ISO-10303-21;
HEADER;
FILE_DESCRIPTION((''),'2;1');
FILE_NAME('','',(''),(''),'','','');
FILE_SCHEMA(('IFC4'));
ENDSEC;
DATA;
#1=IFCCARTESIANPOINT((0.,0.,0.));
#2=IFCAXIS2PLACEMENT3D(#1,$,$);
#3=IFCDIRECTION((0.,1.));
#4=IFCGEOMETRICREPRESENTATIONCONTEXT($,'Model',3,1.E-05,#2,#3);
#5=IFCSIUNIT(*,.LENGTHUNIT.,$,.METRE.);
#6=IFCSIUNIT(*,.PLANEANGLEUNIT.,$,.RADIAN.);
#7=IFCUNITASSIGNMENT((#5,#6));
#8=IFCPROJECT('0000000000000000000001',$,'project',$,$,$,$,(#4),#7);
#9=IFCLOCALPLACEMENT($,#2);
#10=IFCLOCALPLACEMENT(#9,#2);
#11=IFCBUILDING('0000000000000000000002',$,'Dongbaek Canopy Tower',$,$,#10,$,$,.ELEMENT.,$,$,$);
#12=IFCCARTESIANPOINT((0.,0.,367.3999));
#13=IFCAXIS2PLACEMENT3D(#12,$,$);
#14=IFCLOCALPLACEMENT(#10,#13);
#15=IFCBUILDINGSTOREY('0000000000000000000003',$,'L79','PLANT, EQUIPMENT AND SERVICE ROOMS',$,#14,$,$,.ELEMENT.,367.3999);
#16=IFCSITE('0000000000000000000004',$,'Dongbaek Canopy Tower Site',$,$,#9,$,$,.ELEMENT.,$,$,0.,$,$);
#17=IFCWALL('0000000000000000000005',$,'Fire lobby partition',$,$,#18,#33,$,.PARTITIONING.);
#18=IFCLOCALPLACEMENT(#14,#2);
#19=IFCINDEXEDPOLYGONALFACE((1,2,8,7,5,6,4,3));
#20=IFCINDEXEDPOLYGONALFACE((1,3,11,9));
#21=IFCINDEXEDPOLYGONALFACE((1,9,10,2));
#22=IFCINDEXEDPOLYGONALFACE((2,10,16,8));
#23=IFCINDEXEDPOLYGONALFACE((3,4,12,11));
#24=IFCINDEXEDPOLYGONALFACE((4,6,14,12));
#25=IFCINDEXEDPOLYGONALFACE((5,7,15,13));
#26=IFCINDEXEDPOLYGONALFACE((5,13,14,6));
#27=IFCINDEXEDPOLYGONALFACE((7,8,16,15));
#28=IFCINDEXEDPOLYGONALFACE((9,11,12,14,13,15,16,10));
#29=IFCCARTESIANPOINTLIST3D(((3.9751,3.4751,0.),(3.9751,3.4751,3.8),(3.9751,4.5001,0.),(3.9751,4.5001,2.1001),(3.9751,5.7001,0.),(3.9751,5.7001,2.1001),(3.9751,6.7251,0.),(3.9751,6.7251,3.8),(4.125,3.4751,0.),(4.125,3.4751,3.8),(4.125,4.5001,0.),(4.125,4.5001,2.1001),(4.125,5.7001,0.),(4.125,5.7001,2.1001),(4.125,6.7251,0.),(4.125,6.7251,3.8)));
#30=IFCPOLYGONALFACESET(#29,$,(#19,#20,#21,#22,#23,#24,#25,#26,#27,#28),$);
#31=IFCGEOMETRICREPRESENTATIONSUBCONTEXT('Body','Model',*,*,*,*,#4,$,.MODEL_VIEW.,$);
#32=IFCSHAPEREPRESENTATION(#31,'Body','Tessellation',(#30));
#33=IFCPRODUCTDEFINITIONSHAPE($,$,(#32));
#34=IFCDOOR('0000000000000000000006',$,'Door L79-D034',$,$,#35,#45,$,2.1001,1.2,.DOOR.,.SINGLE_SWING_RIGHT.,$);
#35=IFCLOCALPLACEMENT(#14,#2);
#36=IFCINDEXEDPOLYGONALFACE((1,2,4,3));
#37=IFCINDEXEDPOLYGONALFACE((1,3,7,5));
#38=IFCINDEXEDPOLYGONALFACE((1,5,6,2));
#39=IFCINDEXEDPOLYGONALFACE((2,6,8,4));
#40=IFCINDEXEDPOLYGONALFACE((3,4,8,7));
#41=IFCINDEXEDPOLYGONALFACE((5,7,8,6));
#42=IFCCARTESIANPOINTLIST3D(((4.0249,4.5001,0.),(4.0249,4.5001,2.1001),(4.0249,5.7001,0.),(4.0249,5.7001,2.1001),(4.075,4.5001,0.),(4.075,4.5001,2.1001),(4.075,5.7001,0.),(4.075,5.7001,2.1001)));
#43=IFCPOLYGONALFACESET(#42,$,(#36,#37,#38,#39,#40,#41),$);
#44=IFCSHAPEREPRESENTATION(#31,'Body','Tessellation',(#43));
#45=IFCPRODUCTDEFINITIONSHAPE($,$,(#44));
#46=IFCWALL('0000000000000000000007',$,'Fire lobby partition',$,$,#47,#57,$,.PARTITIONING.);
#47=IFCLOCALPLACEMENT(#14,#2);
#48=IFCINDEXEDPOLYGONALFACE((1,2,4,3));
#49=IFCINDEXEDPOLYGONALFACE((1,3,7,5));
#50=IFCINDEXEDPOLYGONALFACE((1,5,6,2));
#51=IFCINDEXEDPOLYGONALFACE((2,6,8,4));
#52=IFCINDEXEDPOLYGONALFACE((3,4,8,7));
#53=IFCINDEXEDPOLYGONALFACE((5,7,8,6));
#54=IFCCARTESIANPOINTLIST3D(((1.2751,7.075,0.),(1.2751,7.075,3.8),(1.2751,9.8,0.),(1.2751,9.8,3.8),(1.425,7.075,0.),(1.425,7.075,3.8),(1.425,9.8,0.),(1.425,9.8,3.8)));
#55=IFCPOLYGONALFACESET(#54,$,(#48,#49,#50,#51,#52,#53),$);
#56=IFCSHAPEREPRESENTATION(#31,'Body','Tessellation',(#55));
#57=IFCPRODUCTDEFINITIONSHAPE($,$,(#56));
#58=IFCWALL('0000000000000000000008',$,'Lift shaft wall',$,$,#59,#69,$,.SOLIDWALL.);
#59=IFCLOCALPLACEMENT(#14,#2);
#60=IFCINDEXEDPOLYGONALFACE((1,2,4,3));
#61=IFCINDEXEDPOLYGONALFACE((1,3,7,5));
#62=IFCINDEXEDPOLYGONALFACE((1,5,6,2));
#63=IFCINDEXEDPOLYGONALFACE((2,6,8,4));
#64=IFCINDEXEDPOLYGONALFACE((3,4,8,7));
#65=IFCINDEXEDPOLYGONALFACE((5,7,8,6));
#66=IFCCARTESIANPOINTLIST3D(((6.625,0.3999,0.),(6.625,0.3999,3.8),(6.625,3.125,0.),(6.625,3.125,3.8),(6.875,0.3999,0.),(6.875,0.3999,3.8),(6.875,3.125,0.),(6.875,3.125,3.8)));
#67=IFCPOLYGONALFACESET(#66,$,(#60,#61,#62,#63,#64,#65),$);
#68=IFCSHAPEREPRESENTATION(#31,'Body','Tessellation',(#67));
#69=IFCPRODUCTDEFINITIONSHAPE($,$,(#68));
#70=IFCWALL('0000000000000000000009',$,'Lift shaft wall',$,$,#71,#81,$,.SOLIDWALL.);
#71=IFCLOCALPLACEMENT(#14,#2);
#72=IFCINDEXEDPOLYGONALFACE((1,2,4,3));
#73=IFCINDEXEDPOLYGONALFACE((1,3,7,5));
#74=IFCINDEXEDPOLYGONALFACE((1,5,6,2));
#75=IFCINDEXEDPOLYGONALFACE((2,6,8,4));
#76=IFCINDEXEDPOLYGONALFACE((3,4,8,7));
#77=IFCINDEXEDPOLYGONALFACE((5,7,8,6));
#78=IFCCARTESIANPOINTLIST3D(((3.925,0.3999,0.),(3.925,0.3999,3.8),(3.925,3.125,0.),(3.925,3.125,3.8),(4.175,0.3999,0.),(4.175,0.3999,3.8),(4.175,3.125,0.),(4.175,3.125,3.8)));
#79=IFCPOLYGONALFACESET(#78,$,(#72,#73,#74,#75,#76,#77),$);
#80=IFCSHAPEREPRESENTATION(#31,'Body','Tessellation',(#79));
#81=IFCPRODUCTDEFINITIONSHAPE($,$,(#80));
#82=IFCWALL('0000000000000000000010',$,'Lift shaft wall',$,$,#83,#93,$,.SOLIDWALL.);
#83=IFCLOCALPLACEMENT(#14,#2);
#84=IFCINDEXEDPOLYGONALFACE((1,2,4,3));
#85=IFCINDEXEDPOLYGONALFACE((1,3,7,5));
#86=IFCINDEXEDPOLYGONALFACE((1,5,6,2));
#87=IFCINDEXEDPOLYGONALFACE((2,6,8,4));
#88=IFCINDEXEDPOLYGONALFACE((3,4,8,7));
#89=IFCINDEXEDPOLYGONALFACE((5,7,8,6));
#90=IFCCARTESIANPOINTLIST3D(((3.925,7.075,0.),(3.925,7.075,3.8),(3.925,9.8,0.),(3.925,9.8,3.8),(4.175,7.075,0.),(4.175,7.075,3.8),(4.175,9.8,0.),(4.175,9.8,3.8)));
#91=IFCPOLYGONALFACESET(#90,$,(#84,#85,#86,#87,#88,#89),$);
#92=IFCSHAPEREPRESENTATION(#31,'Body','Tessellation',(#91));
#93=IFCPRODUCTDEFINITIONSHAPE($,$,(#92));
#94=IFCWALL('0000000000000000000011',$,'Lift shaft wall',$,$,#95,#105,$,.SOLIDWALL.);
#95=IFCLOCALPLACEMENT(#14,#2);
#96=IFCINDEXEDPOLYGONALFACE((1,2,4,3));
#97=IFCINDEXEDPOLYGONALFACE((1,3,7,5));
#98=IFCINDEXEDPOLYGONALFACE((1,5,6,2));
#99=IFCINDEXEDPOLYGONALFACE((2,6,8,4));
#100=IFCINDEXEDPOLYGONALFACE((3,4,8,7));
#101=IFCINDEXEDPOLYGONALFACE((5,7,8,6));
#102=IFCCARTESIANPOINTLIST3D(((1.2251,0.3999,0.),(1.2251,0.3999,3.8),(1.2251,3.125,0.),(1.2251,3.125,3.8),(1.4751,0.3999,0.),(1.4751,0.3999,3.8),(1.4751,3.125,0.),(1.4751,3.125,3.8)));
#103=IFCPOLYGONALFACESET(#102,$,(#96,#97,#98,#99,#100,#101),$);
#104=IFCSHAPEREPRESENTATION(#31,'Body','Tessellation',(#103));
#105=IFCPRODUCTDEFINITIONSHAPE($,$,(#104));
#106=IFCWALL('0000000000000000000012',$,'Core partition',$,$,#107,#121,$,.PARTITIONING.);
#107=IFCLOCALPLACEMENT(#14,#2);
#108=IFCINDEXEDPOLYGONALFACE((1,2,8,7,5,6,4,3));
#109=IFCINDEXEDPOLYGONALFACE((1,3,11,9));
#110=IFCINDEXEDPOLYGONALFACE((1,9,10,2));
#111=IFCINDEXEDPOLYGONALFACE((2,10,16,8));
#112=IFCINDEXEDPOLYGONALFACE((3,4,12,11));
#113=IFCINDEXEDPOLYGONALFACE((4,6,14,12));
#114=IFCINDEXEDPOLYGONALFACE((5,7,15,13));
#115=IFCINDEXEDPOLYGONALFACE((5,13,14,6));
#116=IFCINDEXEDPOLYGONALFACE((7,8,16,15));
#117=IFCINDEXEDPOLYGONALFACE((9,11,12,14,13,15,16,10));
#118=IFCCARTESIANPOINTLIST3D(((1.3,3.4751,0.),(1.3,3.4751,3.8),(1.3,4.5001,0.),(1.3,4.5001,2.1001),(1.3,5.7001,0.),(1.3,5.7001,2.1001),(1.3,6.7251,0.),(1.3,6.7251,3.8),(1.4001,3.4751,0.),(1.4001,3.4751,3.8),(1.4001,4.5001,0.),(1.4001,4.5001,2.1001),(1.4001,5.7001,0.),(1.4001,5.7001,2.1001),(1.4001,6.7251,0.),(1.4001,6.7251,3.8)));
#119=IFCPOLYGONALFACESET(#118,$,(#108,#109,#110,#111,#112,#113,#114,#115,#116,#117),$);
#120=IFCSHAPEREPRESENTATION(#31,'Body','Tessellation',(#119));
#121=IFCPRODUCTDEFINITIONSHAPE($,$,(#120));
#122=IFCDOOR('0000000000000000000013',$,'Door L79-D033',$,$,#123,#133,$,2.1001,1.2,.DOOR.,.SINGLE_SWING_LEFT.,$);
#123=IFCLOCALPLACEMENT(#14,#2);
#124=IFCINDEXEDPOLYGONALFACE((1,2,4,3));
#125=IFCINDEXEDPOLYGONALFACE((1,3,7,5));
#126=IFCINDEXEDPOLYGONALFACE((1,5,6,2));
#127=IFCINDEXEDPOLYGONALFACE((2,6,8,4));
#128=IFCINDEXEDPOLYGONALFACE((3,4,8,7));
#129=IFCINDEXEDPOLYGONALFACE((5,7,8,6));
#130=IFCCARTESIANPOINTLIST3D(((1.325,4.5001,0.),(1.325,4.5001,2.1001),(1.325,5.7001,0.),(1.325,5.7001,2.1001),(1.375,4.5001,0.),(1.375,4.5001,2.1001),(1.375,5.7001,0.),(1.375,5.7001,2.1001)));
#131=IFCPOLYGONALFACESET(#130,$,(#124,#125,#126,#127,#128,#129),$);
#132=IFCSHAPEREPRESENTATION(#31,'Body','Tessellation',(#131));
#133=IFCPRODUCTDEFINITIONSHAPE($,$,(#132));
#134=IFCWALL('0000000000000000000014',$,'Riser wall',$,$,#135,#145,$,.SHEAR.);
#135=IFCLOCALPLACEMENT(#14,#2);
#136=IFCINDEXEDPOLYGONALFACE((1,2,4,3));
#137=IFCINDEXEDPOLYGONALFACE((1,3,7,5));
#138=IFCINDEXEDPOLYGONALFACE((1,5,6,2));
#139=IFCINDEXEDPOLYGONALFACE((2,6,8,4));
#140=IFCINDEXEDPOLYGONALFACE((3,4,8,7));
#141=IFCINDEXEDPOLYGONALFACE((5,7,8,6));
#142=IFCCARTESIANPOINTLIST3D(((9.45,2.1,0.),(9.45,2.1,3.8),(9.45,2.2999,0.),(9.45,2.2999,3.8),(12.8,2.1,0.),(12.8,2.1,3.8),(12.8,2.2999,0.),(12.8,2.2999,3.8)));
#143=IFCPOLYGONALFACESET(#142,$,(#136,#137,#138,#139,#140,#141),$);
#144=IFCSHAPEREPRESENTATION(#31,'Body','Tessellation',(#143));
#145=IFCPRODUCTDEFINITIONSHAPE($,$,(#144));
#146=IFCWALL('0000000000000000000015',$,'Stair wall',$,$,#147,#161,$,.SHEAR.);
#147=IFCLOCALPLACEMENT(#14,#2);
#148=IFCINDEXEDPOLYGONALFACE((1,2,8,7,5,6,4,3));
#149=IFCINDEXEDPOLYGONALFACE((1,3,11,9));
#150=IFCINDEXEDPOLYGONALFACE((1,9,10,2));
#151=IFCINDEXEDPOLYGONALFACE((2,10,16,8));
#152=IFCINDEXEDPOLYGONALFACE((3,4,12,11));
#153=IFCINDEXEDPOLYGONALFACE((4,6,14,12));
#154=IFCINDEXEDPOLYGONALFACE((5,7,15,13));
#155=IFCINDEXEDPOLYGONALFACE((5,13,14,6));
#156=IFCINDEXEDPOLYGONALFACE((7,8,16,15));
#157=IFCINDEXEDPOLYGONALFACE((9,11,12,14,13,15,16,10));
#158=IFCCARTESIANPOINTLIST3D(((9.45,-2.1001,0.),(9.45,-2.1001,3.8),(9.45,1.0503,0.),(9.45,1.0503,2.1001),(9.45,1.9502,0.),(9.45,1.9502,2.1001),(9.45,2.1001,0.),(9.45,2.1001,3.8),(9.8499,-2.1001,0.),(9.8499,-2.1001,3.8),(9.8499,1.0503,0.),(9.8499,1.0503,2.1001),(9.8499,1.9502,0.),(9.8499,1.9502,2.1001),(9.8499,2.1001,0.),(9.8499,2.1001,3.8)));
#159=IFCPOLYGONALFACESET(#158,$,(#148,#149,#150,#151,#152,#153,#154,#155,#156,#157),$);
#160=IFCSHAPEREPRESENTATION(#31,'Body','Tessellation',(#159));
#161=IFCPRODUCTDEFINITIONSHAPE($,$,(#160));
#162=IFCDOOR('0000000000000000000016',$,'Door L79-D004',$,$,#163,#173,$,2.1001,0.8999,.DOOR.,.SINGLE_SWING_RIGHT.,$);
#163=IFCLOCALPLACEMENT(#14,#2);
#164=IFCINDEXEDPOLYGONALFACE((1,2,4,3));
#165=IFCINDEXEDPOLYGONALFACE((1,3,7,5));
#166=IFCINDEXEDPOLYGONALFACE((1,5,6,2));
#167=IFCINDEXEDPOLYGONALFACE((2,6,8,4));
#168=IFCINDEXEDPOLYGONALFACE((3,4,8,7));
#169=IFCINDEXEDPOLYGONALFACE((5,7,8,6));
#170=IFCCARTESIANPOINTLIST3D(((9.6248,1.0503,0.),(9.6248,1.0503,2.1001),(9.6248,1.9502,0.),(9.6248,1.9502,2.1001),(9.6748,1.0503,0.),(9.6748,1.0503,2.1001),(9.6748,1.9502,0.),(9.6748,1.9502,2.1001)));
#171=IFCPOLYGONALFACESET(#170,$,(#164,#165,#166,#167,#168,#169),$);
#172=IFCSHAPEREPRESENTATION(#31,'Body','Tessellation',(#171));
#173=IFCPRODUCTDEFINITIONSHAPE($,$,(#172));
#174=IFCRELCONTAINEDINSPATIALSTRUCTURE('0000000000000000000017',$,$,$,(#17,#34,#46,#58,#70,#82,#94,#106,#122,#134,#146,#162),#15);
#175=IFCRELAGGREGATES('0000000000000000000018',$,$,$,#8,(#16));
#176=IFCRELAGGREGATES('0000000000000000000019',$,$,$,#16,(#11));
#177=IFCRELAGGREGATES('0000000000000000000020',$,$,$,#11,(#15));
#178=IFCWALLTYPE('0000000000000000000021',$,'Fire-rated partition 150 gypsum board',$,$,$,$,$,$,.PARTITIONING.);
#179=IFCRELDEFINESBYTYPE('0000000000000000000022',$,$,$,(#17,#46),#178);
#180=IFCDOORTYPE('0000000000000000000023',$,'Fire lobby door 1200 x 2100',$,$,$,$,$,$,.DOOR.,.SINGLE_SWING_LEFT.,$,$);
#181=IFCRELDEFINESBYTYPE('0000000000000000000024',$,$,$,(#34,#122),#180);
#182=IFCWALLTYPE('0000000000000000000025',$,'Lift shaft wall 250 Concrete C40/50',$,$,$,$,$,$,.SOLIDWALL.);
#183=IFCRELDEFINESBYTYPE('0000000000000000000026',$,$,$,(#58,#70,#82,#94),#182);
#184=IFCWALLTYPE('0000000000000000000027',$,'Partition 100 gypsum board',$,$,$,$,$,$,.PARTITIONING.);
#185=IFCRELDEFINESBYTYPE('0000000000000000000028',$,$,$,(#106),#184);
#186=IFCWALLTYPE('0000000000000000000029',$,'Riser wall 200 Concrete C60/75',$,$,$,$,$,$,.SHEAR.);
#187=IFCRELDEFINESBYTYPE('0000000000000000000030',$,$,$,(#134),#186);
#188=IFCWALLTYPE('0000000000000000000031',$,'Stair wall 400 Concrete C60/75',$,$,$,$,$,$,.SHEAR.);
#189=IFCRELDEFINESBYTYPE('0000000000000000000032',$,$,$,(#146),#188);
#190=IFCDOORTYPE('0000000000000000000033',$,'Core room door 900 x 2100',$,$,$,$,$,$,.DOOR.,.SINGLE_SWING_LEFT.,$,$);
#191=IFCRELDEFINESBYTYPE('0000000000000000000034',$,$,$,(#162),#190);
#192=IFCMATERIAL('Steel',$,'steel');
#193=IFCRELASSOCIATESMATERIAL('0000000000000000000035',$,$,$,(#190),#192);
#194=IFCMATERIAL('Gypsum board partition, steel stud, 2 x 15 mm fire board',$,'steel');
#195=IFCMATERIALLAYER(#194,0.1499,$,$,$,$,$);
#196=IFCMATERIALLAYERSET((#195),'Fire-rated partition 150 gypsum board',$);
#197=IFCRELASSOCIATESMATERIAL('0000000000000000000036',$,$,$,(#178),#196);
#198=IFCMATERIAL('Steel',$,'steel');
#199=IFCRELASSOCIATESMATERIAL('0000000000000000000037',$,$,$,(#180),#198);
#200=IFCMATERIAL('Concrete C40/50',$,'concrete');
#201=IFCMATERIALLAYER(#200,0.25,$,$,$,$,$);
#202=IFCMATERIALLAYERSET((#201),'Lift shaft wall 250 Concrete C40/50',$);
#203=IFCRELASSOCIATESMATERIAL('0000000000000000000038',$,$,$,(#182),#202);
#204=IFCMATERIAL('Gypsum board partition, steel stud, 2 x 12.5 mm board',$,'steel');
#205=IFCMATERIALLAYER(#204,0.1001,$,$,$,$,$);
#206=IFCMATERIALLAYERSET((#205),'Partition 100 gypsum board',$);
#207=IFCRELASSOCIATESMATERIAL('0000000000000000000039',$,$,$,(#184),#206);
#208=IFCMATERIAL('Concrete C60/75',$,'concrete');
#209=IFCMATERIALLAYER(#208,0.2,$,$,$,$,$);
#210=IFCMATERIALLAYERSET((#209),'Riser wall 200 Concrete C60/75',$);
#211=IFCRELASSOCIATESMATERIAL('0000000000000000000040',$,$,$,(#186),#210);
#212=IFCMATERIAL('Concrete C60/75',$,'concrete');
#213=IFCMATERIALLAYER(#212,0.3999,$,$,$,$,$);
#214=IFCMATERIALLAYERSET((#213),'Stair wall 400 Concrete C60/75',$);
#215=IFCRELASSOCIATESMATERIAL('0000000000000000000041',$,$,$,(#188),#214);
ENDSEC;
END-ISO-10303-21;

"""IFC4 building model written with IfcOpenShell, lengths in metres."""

from ifc_helpers import new_model, si_unit, direction, frame, frame_2d, origin, place, context, subcontext, project, spatial, rectangle, extrude, material, layer, layer_set, type_object, element, fill, save


model = new_model("IFC4")

# Units and contexts
model_context = context("Model", 3, precision=1e-05, world=origin(), true_north=direction((0.0, 1.0)))
body_context = subcontext(model_context, "Body", "Model", "MODEL_VIEW")
ifc_project = project(units=[si_unit("LENGTHUNIT", "METRE"), si_unit("PLANEANGLEUNIT", "RADIAN")], contexts=[model_context])

# Site, building, storey
site_placement = place(None, origin())
site = spatial("IfcSite", under=ifc_project, at=site_placement, Name="Dongbaek Canopy Tower Site", CompositionType="ELEMENT", RefElevation=0.0)
building_placement = place(site_placement, origin())
building = spatial("IfcBuilding", under=site, at=building_placement, Name="Dongbaek Canopy Tower", CompositionType="ELEMENT")
storey_placement = place(building_placement, frame((0.0, 0.0, 367.3999)))
storey = spatial("IfcBuildingStorey", under=building, at=storey_placement, Name="L79", Description="PLANT, EQUIPMENT AND SERVICE ROOMS", CompositionType="ELEMENT", Elevation=367.3999)

# Shared definitions
ifc_material_1 = material(Name="Steel", Category="steel")
door_type_1 = type_object("IfcDoorType", Name="Core room door 900 x 2100", OperationType="SINGLE_SWING_LEFT", PredefinedType="DOOR", material=ifc_material_1)

# Wall, opening, door
ifc_material_2 = material(Name="Gypsum board partition, steel stud, 2 x 15 mm fire board", Category="steel")
ifc_layer_1 = layer(ifc_material_2, 0.1499)
ifc_layer_set_1 = layer_set([ifc_layer_1], Name="Fire-rated partition 150 gypsum board")
wall_type_1 = type_object("IfcWallType", Name="Fire-rated partition 150 gypsum board", PredefinedType="PARTITIONING", material=ifc_layer_set_1)
wall_1_placement = place(storey_placement, frame((4.05, 6.7251, 0.0), z_axis=(0.0, 0.0, 1.0), x_axis=(0.0, -1.0, 0.0)))
wall_1 = element("IfcWall", 1, at=wall_1_placement, inside=storey, type_object=wall_type_1, Name="Fire lobby partition", PredefinedType="PARTITIONING", context=body_context, shape_type="SweptSolid", body=[
    extrude(rectangle(XDim=3.25, YDim=0.1499, at=frame_2d((1.625, 0.0))), origin(), (0.0, 0.0, 1.0), 3.8),
])
opening_1_placement = place(wall_1_placement, frame((1.0249, 0.0, 0.0)))
opening_1 = element("IfcOpeningElement", 2, at=opening_1_placement, cuts=wall_1, PredefinedType="OPENING", context=body_context, shape_type="SweptSolid", body=[
    extrude(rectangle(XDim=1.2, YDim=2.1001, at=frame_2d((0.6001, 1.05))), frame((0.0, 0.085, 0.0), z_axis=(0.0, -1.0, 0.0), x_axis=(1.0, 0.0, 0.0)), (0.0, 0.0, 1.0), 0.1699),
])
ifc_material_3 = material(Name="Steel", Category="steel")
door_type_2 = type_object("IfcDoorType", Name="Fire lobby door 1200 x 2100", OperationType="SINGLE_SWING_LEFT", PredefinedType="DOOR", material=ifc_material_3)
door_1_placement = place(opening_1_placement, origin())
door_1 = element("IfcDoor", 3, at=door_1_placement, inside=storey, type_object=door_type_2, Name="Door L79-D034", OperationType="SINGLE_SWING_RIGHT", OverallHeight=2.1001, OverallWidth=1.2, PredefinedType="DOOR", context=body_context, shape_type="SweptSolid", body=[
    extrude(rectangle(XDim=1.2, YDim=2.1001, at=frame_2d((0.6001, 1.05))), frame((0.0, 0.0249, 0.0), z_axis=(0.0, -1.0, 0.0), x_axis=(1.0, 0.0, 0.0)), (0.0, 0.0, 1.0), 0.05),
])
fill(opening_1, door_1)

# Walls
wall_2_placement = place(storey_placement, frame((1.3501, 7.075, 0.0), z_axis=(0.0, 0.0, 1.0), x_axis=(0.0, 1.0, 0.0)))
element("IfcWall", 4, at=wall_2_placement, inside=storey, type_object=wall_type_1, Name="Fire lobby partition", PredefinedType="PARTITIONING", context=body_context, shape_type="SweptSolid", body=[
    extrude(rectangle(XDim=2.7251, YDim=0.1499, at=frame_2d((1.3625, 0.0))), origin(), (0.0, 0.0, 1.0), 3.8),
])
ifc_material_4 = material(Name="Concrete C40/50", Category="concrete")
ifc_layer_2 = layer(ifc_material_4, 0.25)
ifc_layer_set_2 = layer_set([ifc_layer_2], Name="Lift shaft wall 250 Concrete C40/50")
wall_type_2 = type_object("IfcWallType", Name="Lift shaft wall 250 Concrete C40/50", PredefinedType="SOLIDWALL", material=ifc_layer_set_2)
for number, where, z_axis, x_axis, name in (
    (5, (6.75, 0.3999, 0.0), (0.0, 0.0, 1.0), (0.0, 1.0, 0.0), "Lift shaft wall"),
    (6, (4.05, 0.3999, 0.0), (0.0, 0.0, 1.0), (0.0, 1.0, 0.0), "Lift shaft wall"),
    (7, (4.05, 7.075, 0.0), (0.0, 0.0, 1.0), (0.0, 1.0, 0.0), "Lift shaft wall"),
    (8, (1.3501, 0.3999, 0.0), (0.0, 0.0, 1.0), (0.0, 1.0, 0.0), "Lift shaft wall"),
):
    element("IfcWall", number, at=place(storey_placement, frame(where, z_axis=z_axis, x_axis=x_axis)), inside=storey, type_object=wall_type_2, Name=name, PredefinedType="SOLIDWALL", context=body_context, shape_type="SweptSolid", body=[
        extrude(rectangle(XDim=2.7251, YDim=0.25, at=frame_2d((1.3625, 0.0))), origin(), (0.0, 0.0, 1.0), 3.8),
    ])

# Wall, opening, door
ifc_material_5 = material(Name="Gypsum board partition, steel stud, 2 x 12.5 mm board", Category="steel")
ifc_layer_3 = layer(ifc_material_5, 0.1001)
ifc_layer_set_3 = layer_set([ifc_layer_3], Name="Partition 100 gypsum board")
wall_type_3 = type_object("IfcWallType", Name="Partition 100 gypsum board", PredefinedType="PARTITIONING", material=ifc_layer_set_3)
wall_3_placement = place(storey_placement, frame((1.3501, 6.7251, 0.0), z_axis=(0.0, 0.0, 1.0), x_axis=(0.0, -1.0, 0.0)))
wall_3 = element("IfcWall", 9, at=wall_3_placement, inside=storey, type_object=wall_type_3, Name="Core partition", PredefinedType="PARTITIONING", context=body_context, shape_type="SweptSolid", body=[
    extrude(rectangle(XDim=3.25, YDim=0.1001, at=frame_2d((1.625, 0.0))), origin(), (0.0, 0.0, 1.0), 3.8),
])
opening_2_placement = place(wall_3_placement, frame((1.0249, 0.0, 0.0)))
opening_2 = element("IfcOpeningElement", 10, at=opening_2_placement, cuts=wall_3, PredefinedType="OPENING", context=body_context, shape_type="SweptSolid", body=[
    extrude(rectangle(XDim=1.2, YDim=2.1001, at=frame_2d((0.6001, 1.05))), frame((0.0, 0.0601, 0.0), z_axis=(0.0, -1.0, 0.0), x_axis=(1.0, 0.0, 0.0)), (0.0, 0.0, 1.0), 0.1201),
])
door_2_placement = place(opening_2_placement, origin())
door_2 = element("IfcDoor", 11, at=door_2_placement, inside=storey, type_object=door_type_2, Name="Door L79-D033", OperationType="SINGLE_SWING_LEFT", OverallHeight=2.1001, OverallWidth=1.2, PredefinedType="DOOR", context=body_context, shape_type="SweptSolid", body=[
    extrude(rectangle(XDim=1.2, YDim=2.1001, at=frame_2d((0.6001, 1.05))), frame((0.0, 0.0249, 0.0), z_axis=(0.0, -1.0, 0.0), x_axis=(1.0, 0.0, 0.0)), (0.0, 0.0, 1.0), 0.05),
])
fill(opening_2, door_2)

# Wall
ifc_material_6 = material(Name="Concrete C60/75", Category="concrete")
ifc_layer_4 = layer(ifc_material_6, 0.2)
ifc_layer_set_4 = layer_set([ifc_layer_4], Name="Riser wall 200 Concrete C60/75")
wall_type_4 = type_object("IfcWallType", Name="Riser wall 200 Concrete C60/75", PredefinedType="SHEAR", material=ifc_layer_set_4)
wall_4_placement = place(storey_placement, frame((9.45, 2.2, 0.0), z_axis=(0.0, 0.0, 1.0), x_axis=(1.0, 0.0, 0.0)))
element("IfcWall", 12, at=wall_4_placement, inside=storey, type_object=wall_type_4, Name="Riser wall", PredefinedType="SHEAR", context=body_context, shape_type="SweptSolid", body=[
    extrude(rectangle(XDim=3.3501, YDim=0.2, at=frame_2d((1.675, 0.0))), origin(), (0.0, 0.0, 1.0), 3.8),
])

# Wall, opening, door
ifc_material_7 = material(Name="Concrete C60/75", Category="concrete")
ifc_layer_5 = layer(ifc_material_7, 0.3999)
ifc_layer_set_5 = layer_set([ifc_layer_5], Name="Stair wall 400 Concrete C60/75")
wall_type_5 = type_object("IfcWallType", Name="Stair wall 400 Concrete C60/75", PredefinedType="SHEAR", material=ifc_layer_set_5)
wall_5_placement = place(storey_placement, frame((9.6499, 2.1001, 0.0), z_axis=(0.0, 0.0, 1.0), x_axis=(0.0, -1.0, 0.0)))
wall_5 = element("IfcWall", 13, at=wall_5_placement, inside=storey, type_object=wall_type_5, Name="Stair wall", PredefinedType="SHEAR", context=body_context, shape_type="SweptSolid", body=[
    extrude(rectangle(XDim=4.2002, YDim=0.3999, at=frame_2d((2.1001, 0.0))), origin(), (0.0, 0.0, 1.0), 3.8),
])
opening_3_placement = place(wall_5_placement, frame((0.1499, 0.0, 0.0)))
opening_3 = element("IfcOpeningElement", 14, at=opening_3_placement, cuts=wall_5, PredefinedType="OPENING", context=body_context, shape_type="SweptSolid", body=[
    extrude(rectangle(XDim=0.8999, YDim=2.1001, at=frame_2d((0.45, 1.05))), frame((0.0, 0.21, 0.0), z_axis=(0.0, -1.0, 0.0), x_axis=(1.0, 0.0, 0.0)), (0.0, 0.0, 1.0), 0.4199),
])
door_3_placement = place(opening_3_placement, origin())
door_3 = element("IfcDoor", 15, at=door_3_placement, inside=storey, type_object=door_type_1, Name="Door L79-D004", OperationType="SINGLE_SWING_RIGHT", OverallHeight=2.1001, OverallWidth=0.8999, PredefinedType="DOOR", context=body_context, shape_type="SweptSolid", body=[
    extrude(rectangle(XDim=0.8999, YDim=2.1001, at=frame_2d((0.45, 1.05))), frame((0.0, 0.0249, 0.0), z_axis=(0.0, -1.0, 0.0), x_axis=(1.0, 0.0, 0.0)), (0.0, 0.0, 1.0), 0.05),
])
fill(opening_3, door_3)

save(model, "model.ifc")
